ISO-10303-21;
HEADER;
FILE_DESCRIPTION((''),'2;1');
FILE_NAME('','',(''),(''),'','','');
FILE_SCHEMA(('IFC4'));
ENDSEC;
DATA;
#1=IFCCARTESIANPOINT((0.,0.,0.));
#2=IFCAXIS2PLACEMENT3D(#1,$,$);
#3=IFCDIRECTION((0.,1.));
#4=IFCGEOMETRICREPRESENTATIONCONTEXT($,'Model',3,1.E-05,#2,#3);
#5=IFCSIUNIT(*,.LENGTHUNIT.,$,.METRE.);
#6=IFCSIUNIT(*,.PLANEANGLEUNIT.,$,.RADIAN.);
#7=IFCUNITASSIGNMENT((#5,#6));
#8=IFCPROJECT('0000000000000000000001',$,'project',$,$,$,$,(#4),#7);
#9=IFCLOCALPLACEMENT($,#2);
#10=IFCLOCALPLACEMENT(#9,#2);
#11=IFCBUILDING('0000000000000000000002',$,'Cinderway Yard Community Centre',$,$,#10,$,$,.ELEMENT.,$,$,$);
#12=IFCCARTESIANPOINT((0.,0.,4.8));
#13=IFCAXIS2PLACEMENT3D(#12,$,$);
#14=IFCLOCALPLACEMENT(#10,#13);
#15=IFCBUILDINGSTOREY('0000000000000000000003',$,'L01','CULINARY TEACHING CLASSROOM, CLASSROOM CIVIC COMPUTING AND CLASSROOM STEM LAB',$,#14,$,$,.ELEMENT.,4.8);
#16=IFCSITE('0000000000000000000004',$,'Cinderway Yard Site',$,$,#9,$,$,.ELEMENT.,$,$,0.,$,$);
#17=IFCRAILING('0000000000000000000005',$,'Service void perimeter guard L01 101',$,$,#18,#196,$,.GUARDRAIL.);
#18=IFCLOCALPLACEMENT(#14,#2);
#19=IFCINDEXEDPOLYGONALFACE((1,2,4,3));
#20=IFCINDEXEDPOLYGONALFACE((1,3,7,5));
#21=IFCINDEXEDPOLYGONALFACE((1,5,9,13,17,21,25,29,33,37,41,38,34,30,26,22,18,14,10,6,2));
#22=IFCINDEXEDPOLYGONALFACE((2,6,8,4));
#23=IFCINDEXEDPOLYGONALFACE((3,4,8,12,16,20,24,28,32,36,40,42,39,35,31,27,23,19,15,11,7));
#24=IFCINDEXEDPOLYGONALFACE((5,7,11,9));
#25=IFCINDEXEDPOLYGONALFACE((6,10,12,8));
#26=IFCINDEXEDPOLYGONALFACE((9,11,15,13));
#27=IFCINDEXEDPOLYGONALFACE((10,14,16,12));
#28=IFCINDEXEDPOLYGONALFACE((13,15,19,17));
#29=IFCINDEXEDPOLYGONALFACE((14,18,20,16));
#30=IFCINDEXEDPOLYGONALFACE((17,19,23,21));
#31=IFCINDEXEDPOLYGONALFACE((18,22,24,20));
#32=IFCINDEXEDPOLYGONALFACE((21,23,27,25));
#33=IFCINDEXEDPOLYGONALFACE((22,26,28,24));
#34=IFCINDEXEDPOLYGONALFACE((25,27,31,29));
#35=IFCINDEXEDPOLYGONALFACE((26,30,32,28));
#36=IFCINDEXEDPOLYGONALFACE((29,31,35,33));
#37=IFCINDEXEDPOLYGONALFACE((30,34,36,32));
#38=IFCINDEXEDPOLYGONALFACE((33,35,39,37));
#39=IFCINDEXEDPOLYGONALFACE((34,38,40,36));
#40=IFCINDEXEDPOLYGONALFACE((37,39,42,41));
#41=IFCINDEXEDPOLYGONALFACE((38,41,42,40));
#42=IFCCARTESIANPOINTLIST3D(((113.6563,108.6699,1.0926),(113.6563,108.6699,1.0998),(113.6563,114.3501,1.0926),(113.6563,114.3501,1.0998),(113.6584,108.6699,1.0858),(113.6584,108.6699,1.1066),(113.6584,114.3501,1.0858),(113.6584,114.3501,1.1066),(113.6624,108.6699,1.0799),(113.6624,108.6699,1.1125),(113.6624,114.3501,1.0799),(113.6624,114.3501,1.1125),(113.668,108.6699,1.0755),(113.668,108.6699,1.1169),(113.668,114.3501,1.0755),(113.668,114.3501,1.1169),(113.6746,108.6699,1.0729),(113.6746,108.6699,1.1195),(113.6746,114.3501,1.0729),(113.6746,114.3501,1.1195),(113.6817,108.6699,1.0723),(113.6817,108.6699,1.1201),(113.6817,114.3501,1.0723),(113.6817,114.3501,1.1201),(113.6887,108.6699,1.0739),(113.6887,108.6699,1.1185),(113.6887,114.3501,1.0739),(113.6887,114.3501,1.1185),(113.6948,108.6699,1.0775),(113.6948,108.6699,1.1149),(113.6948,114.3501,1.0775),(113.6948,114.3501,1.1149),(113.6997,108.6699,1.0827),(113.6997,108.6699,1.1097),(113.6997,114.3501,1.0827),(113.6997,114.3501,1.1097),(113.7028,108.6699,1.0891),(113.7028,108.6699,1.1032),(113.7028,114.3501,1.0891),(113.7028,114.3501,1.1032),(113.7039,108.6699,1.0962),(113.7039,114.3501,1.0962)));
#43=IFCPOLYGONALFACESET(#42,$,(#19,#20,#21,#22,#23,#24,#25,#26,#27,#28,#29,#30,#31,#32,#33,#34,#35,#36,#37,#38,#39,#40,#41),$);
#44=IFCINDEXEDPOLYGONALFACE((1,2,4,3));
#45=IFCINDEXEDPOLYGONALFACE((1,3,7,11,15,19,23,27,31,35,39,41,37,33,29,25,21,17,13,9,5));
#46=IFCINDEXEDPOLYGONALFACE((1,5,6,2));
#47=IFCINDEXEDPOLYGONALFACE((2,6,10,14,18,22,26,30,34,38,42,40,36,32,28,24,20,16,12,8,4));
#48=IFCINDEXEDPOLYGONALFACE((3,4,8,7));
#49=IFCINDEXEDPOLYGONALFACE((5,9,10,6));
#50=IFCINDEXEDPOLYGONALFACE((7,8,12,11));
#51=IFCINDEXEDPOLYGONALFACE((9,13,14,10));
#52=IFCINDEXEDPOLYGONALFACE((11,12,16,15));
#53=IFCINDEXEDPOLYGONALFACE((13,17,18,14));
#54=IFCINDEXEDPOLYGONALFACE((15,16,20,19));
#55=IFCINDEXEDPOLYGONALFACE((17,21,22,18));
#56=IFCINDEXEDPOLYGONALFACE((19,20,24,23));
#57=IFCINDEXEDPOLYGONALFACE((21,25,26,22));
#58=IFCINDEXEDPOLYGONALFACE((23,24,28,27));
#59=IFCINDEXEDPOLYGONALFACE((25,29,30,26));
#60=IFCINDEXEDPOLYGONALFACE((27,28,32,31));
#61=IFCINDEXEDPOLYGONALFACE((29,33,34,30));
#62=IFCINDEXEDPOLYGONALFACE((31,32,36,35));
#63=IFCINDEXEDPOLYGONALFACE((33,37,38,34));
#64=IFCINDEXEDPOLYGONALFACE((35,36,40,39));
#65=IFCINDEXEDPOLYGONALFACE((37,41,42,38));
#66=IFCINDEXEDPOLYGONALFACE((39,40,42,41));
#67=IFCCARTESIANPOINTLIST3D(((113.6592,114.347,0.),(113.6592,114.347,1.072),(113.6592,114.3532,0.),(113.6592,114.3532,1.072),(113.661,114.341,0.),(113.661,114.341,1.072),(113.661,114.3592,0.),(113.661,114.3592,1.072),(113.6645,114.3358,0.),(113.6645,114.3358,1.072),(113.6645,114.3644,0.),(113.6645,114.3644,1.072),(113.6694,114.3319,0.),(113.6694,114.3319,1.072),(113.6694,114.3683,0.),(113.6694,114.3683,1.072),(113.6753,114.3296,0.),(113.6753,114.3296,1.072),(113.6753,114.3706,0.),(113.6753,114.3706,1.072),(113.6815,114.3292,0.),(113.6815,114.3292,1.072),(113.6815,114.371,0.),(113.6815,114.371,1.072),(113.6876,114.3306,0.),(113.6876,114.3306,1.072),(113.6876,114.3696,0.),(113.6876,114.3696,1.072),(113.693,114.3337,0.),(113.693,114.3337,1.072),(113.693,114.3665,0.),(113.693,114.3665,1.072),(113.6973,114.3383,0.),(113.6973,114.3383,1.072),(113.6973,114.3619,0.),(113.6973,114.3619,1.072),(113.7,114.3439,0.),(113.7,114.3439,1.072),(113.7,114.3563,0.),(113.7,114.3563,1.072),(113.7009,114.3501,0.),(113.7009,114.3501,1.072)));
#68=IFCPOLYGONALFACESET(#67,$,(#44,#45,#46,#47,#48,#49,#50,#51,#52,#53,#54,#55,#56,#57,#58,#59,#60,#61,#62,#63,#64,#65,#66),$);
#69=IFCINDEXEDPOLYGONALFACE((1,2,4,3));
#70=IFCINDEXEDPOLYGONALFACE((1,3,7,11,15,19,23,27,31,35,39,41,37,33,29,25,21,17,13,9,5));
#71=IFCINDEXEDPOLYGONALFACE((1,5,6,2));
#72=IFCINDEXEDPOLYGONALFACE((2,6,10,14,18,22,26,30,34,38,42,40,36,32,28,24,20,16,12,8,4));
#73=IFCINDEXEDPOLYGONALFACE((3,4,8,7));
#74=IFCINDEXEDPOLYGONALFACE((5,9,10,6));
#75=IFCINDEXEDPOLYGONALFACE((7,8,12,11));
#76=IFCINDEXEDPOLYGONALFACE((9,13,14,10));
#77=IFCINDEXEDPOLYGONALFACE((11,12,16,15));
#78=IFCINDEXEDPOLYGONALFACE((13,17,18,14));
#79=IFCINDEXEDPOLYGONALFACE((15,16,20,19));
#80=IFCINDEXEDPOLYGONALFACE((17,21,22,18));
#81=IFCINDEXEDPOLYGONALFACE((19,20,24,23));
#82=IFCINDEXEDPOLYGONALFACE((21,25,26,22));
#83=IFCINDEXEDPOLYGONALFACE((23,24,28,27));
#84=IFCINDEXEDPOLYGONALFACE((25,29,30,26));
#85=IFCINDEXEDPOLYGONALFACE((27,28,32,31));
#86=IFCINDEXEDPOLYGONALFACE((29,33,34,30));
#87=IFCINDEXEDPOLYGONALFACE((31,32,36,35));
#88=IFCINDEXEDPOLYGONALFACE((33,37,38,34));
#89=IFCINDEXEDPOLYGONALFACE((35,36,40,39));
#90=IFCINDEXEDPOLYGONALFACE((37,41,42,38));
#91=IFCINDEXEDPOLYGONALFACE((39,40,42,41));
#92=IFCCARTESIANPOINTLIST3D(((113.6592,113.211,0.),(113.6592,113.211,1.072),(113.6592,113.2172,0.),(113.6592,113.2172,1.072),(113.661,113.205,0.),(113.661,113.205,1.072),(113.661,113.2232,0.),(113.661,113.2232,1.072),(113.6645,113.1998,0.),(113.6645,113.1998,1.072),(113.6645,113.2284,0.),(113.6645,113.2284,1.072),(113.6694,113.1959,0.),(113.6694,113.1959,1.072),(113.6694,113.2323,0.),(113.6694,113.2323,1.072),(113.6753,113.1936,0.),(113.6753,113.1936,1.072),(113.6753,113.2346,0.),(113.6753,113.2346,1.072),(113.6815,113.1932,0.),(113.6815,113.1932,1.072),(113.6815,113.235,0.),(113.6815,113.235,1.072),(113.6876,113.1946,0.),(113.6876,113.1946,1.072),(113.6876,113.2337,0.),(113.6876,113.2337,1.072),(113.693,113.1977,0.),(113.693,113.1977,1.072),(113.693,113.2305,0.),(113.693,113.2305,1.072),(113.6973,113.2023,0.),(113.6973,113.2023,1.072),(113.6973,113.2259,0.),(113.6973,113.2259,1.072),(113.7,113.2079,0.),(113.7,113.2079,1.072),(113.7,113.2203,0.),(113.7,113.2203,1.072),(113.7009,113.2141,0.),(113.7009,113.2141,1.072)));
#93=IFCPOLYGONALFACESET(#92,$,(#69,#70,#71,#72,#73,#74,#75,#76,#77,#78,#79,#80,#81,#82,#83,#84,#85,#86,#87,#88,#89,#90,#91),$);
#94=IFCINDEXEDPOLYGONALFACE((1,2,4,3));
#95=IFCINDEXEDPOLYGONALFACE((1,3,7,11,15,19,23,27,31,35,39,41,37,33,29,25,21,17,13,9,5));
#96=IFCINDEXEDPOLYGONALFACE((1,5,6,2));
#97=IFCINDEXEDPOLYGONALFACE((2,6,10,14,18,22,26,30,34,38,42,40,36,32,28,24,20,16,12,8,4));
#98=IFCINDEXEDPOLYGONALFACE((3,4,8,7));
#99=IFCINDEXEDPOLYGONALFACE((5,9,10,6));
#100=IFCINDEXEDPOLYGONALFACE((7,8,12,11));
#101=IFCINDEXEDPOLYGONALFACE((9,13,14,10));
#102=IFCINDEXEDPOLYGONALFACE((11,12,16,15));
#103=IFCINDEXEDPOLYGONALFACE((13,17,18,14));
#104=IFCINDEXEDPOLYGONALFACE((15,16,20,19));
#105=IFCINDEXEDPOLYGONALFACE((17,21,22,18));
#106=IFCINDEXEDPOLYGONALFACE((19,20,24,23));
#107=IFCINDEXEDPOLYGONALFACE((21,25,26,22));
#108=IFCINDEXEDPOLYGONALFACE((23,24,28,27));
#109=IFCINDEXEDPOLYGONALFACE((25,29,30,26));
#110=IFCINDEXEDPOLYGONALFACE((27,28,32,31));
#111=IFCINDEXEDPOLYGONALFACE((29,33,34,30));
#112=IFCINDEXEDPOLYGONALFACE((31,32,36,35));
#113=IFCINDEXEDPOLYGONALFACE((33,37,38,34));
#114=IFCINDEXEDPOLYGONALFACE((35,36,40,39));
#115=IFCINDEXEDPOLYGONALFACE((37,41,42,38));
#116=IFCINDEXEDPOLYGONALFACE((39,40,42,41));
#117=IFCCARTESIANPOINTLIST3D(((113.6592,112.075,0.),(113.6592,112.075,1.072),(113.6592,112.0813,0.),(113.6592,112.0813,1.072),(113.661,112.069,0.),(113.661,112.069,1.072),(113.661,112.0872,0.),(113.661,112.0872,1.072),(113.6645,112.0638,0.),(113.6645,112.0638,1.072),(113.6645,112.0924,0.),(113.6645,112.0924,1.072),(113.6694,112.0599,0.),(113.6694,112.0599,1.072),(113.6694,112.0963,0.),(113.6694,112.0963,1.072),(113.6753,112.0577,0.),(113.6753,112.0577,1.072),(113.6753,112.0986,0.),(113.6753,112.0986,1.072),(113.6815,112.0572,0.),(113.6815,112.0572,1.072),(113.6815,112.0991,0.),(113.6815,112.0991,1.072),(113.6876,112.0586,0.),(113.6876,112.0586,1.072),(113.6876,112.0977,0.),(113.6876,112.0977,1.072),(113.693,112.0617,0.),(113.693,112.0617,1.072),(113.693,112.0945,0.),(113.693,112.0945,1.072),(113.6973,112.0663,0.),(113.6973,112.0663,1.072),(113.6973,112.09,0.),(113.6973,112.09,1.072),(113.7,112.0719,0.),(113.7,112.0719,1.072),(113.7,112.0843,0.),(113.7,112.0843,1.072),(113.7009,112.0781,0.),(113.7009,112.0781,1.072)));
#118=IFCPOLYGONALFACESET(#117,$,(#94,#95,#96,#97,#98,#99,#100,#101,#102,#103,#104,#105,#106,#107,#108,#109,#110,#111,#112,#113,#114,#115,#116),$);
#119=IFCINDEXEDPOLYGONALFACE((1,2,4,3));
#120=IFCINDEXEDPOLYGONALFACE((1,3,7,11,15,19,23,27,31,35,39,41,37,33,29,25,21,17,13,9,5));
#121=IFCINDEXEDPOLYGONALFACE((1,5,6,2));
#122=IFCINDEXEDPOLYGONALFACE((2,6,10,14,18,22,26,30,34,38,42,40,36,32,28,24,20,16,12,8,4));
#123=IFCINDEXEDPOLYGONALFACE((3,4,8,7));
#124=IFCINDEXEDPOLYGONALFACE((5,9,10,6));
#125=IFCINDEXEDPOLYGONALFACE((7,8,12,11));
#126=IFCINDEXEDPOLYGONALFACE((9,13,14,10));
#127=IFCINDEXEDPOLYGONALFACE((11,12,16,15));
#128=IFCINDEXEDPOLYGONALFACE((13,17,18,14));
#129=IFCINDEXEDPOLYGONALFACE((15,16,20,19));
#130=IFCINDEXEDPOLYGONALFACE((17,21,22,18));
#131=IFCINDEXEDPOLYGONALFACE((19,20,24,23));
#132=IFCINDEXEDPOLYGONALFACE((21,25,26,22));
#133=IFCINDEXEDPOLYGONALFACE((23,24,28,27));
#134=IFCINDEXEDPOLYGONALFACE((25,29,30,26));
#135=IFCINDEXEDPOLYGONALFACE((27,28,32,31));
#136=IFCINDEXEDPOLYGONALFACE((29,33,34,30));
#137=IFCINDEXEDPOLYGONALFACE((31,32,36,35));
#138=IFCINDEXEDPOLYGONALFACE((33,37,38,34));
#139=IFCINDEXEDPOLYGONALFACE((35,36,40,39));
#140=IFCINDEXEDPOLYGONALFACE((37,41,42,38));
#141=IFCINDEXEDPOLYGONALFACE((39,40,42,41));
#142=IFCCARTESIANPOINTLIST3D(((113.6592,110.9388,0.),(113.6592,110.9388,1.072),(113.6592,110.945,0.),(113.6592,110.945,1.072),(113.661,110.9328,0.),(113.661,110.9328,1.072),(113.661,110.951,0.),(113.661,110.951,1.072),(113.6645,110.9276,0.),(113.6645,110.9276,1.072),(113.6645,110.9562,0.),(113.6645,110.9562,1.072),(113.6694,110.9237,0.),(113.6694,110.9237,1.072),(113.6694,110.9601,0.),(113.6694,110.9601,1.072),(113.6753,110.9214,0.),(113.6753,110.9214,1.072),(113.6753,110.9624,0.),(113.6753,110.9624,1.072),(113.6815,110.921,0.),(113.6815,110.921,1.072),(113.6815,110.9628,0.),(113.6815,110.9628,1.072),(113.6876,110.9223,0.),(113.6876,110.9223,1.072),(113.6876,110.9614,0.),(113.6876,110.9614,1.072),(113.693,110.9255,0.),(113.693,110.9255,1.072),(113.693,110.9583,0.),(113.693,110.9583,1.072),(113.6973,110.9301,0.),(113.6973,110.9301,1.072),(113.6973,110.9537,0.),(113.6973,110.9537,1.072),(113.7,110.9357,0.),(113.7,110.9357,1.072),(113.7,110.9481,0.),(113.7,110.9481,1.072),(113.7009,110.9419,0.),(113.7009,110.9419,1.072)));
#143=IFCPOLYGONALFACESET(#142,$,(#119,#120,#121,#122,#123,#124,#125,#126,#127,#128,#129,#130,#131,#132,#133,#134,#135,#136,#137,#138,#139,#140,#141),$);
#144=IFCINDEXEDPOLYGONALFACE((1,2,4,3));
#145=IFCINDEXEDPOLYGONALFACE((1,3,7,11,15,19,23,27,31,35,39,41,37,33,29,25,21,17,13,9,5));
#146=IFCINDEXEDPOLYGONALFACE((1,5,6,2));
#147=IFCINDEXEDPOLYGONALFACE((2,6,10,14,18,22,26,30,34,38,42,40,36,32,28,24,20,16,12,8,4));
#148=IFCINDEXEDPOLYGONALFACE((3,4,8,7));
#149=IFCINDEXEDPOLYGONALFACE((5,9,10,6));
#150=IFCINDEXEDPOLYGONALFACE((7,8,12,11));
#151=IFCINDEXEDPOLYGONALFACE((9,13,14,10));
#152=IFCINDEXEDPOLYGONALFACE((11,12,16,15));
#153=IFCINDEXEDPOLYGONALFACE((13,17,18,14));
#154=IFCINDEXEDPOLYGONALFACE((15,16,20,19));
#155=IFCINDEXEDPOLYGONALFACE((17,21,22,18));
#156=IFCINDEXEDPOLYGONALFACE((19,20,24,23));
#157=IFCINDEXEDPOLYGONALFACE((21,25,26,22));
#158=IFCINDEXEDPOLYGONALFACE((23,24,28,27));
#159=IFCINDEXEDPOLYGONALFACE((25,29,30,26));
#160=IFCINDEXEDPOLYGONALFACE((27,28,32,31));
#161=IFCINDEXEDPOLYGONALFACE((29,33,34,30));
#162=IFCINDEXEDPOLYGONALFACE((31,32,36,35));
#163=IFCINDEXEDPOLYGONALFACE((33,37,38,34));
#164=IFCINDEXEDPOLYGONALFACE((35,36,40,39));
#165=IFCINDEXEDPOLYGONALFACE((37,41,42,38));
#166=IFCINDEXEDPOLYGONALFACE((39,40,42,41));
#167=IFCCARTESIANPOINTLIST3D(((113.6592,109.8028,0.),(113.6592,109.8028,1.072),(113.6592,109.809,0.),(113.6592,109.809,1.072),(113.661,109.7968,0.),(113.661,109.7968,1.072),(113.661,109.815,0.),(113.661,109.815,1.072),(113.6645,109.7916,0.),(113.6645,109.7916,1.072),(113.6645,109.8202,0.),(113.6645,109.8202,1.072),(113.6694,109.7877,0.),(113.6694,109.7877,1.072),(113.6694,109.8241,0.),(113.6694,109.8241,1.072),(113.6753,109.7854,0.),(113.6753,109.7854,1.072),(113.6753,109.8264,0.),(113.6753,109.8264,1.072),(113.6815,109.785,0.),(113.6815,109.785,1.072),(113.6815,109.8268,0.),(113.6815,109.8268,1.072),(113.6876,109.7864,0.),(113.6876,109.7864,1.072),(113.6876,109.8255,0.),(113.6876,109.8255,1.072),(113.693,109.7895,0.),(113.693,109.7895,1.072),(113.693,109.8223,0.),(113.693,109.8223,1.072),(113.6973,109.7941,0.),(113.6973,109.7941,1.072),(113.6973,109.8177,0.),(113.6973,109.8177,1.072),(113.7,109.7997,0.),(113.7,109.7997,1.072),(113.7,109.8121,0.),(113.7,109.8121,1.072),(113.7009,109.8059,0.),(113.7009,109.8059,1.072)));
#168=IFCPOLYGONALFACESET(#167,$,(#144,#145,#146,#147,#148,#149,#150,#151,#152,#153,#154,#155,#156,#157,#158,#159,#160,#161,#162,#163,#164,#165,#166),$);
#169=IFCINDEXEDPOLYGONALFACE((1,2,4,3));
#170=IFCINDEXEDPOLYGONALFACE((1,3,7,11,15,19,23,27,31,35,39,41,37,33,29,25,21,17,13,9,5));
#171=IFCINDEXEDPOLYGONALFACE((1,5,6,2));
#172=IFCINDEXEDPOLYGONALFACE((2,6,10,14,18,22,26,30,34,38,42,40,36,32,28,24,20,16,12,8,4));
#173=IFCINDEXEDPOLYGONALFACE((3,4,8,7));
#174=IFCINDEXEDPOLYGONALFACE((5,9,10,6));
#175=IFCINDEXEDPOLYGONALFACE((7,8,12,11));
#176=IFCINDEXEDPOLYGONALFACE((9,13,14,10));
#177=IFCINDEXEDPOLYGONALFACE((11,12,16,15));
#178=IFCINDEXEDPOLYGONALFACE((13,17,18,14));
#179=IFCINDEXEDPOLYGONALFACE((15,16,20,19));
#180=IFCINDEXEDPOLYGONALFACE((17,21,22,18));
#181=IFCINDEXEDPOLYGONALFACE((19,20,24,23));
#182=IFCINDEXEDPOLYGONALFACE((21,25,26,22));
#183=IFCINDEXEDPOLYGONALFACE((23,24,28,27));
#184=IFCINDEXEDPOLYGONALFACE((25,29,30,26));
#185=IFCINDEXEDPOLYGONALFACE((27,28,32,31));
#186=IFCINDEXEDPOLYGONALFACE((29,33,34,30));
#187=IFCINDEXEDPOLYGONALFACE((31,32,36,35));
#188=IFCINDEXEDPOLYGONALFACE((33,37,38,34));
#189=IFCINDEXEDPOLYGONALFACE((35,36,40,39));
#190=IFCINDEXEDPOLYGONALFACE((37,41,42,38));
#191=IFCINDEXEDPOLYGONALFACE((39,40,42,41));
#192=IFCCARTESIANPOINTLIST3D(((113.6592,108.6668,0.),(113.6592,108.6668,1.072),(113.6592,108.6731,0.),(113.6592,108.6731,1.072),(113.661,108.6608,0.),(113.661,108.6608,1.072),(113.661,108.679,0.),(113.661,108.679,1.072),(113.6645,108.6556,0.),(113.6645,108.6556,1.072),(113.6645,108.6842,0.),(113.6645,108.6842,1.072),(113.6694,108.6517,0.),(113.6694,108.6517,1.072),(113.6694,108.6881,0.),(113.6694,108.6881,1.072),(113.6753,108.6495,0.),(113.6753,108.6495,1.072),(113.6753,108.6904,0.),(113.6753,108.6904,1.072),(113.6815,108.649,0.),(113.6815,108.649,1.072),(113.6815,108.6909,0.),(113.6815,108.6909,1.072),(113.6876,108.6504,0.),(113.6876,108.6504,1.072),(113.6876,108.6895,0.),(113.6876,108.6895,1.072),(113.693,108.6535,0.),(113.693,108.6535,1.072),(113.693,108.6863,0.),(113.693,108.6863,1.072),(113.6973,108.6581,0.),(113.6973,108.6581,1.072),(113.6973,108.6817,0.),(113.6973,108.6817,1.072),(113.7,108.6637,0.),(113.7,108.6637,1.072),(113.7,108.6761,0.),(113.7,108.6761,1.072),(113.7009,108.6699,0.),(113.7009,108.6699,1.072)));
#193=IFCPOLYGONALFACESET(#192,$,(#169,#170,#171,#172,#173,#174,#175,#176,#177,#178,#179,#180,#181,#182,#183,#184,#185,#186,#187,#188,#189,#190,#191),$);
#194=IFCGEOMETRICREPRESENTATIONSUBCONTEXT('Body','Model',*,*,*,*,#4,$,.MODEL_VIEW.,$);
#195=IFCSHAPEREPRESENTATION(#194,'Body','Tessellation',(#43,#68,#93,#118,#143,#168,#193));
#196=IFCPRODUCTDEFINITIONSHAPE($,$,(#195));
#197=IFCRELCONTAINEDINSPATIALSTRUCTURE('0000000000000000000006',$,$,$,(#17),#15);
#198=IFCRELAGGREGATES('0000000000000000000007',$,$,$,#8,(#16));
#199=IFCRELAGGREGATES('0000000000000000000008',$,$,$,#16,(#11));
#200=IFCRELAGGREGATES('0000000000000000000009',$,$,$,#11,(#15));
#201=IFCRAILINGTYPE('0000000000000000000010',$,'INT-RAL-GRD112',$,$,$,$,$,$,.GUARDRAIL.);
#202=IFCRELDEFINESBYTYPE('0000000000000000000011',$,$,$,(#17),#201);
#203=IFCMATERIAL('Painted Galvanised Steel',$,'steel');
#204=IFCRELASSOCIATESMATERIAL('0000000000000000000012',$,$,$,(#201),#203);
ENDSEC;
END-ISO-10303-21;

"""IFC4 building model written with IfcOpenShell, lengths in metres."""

from ifc_helpers import new_model, si_unit, direction, frame, origin, origin_2d, place, context, subcontext, project, spatial, circle, extrude, material, type_object, element, save


model = new_model("IFC4")

# Units and contexts
model_context = context("Model", 3, precision=1e-05, world=origin(), true_north=direction((0.0, 1.0)))
body_context = subcontext(model_context, "Body", "Model", "MODEL_VIEW")
ifc_project = project(units=[si_unit("LENGTHUNIT", "METRE"), si_unit("PLANEANGLEUNIT", "RADIAN")], contexts=[model_context])

# Site, building, storey
site_placement = place(None, origin())
site = spatial("IfcSite", under=ifc_project, at=site_placement, Name="Cinderway Yard Site", CompositionType="ELEMENT", RefElevation=0.0)
building_placement = place(site_placement, origin())
building = spatial("IfcBuilding", under=site, at=building_placement, Name="Cinderway Yard Community Centre", CompositionType="ELEMENT")
storey_placement = place(building_placement, frame((0.0, 0.0, 4.8)))
storey = spatial("IfcBuildingStorey", under=building, at=storey_placement, Name="L01", Description="CULINARY TEACHING CLASSROOM, CLASSROOM CIVIC COMPUTING AND CLASSROOM STEM LAB", CompositionType="ELEMENT", Elevation=4.8)

# Railing
ifc_material_1 = material(Name="Painted Galvanised Steel", Category="steel")
railing_type_1 = type_object("IfcRailingType", Name="INT-RAL-GRD112", PredefinedType="GUARDRAIL", material=ifc_material_1)
railing_1_placement = place(storey_placement, frame((113.6799, 114.3501, 0.0)))
element("IfcRailing", 1, at=railing_1_placement, inside=storey, type_object=railing_type_1, Name="Service void perimeter guard L01 101", PredefinedType="GUARDRAIL", context=body_context, shape_type="SweptSolid", body=[
    extrude(circle(Radius=0.0239, at=origin_2d()), frame((0.0, 0.0, 1.0962), z_axis=(0.0, -1.0, 0.0), x_axis=(1.0, 0.0, 0.0)), (0.0, 0.0, 1.0), 5.6802),
    extrude(circle(Radius=0.021, at=origin_2d()), origin(), (0.0, 0.0, 1.0), 1.072),
    extrude(circle(Radius=0.021, at=origin_2d()), frame((0.0, -1.136, 0.0)), (0.0, 0.0, 1.0), 1.072),
    extrude(circle(Radius=0.021, at=origin_2d()), frame((0.0, -2.272, 0.0)), (0.0, 0.0, 1.0), 1.072),
    extrude(circle(Radius=0.021, at=origin_2d()), frame((0.0, -3.4082, 0.0)), (0.0, 0.0, 1.0), 1.072),
    extrude(circle(Radius=0.021, at=origin_2d()), frame((0.0, -4.5442, 0.0)), (0.0, 0.0, 1.0), 1.072),
    extrude(circle(Radius=0.021, at=origin_2d()), frame((0.0, -5.6802, 0.0)), (0.0, 0.0, 1.0), 1.072),
])

save(model, "model.ifc")
